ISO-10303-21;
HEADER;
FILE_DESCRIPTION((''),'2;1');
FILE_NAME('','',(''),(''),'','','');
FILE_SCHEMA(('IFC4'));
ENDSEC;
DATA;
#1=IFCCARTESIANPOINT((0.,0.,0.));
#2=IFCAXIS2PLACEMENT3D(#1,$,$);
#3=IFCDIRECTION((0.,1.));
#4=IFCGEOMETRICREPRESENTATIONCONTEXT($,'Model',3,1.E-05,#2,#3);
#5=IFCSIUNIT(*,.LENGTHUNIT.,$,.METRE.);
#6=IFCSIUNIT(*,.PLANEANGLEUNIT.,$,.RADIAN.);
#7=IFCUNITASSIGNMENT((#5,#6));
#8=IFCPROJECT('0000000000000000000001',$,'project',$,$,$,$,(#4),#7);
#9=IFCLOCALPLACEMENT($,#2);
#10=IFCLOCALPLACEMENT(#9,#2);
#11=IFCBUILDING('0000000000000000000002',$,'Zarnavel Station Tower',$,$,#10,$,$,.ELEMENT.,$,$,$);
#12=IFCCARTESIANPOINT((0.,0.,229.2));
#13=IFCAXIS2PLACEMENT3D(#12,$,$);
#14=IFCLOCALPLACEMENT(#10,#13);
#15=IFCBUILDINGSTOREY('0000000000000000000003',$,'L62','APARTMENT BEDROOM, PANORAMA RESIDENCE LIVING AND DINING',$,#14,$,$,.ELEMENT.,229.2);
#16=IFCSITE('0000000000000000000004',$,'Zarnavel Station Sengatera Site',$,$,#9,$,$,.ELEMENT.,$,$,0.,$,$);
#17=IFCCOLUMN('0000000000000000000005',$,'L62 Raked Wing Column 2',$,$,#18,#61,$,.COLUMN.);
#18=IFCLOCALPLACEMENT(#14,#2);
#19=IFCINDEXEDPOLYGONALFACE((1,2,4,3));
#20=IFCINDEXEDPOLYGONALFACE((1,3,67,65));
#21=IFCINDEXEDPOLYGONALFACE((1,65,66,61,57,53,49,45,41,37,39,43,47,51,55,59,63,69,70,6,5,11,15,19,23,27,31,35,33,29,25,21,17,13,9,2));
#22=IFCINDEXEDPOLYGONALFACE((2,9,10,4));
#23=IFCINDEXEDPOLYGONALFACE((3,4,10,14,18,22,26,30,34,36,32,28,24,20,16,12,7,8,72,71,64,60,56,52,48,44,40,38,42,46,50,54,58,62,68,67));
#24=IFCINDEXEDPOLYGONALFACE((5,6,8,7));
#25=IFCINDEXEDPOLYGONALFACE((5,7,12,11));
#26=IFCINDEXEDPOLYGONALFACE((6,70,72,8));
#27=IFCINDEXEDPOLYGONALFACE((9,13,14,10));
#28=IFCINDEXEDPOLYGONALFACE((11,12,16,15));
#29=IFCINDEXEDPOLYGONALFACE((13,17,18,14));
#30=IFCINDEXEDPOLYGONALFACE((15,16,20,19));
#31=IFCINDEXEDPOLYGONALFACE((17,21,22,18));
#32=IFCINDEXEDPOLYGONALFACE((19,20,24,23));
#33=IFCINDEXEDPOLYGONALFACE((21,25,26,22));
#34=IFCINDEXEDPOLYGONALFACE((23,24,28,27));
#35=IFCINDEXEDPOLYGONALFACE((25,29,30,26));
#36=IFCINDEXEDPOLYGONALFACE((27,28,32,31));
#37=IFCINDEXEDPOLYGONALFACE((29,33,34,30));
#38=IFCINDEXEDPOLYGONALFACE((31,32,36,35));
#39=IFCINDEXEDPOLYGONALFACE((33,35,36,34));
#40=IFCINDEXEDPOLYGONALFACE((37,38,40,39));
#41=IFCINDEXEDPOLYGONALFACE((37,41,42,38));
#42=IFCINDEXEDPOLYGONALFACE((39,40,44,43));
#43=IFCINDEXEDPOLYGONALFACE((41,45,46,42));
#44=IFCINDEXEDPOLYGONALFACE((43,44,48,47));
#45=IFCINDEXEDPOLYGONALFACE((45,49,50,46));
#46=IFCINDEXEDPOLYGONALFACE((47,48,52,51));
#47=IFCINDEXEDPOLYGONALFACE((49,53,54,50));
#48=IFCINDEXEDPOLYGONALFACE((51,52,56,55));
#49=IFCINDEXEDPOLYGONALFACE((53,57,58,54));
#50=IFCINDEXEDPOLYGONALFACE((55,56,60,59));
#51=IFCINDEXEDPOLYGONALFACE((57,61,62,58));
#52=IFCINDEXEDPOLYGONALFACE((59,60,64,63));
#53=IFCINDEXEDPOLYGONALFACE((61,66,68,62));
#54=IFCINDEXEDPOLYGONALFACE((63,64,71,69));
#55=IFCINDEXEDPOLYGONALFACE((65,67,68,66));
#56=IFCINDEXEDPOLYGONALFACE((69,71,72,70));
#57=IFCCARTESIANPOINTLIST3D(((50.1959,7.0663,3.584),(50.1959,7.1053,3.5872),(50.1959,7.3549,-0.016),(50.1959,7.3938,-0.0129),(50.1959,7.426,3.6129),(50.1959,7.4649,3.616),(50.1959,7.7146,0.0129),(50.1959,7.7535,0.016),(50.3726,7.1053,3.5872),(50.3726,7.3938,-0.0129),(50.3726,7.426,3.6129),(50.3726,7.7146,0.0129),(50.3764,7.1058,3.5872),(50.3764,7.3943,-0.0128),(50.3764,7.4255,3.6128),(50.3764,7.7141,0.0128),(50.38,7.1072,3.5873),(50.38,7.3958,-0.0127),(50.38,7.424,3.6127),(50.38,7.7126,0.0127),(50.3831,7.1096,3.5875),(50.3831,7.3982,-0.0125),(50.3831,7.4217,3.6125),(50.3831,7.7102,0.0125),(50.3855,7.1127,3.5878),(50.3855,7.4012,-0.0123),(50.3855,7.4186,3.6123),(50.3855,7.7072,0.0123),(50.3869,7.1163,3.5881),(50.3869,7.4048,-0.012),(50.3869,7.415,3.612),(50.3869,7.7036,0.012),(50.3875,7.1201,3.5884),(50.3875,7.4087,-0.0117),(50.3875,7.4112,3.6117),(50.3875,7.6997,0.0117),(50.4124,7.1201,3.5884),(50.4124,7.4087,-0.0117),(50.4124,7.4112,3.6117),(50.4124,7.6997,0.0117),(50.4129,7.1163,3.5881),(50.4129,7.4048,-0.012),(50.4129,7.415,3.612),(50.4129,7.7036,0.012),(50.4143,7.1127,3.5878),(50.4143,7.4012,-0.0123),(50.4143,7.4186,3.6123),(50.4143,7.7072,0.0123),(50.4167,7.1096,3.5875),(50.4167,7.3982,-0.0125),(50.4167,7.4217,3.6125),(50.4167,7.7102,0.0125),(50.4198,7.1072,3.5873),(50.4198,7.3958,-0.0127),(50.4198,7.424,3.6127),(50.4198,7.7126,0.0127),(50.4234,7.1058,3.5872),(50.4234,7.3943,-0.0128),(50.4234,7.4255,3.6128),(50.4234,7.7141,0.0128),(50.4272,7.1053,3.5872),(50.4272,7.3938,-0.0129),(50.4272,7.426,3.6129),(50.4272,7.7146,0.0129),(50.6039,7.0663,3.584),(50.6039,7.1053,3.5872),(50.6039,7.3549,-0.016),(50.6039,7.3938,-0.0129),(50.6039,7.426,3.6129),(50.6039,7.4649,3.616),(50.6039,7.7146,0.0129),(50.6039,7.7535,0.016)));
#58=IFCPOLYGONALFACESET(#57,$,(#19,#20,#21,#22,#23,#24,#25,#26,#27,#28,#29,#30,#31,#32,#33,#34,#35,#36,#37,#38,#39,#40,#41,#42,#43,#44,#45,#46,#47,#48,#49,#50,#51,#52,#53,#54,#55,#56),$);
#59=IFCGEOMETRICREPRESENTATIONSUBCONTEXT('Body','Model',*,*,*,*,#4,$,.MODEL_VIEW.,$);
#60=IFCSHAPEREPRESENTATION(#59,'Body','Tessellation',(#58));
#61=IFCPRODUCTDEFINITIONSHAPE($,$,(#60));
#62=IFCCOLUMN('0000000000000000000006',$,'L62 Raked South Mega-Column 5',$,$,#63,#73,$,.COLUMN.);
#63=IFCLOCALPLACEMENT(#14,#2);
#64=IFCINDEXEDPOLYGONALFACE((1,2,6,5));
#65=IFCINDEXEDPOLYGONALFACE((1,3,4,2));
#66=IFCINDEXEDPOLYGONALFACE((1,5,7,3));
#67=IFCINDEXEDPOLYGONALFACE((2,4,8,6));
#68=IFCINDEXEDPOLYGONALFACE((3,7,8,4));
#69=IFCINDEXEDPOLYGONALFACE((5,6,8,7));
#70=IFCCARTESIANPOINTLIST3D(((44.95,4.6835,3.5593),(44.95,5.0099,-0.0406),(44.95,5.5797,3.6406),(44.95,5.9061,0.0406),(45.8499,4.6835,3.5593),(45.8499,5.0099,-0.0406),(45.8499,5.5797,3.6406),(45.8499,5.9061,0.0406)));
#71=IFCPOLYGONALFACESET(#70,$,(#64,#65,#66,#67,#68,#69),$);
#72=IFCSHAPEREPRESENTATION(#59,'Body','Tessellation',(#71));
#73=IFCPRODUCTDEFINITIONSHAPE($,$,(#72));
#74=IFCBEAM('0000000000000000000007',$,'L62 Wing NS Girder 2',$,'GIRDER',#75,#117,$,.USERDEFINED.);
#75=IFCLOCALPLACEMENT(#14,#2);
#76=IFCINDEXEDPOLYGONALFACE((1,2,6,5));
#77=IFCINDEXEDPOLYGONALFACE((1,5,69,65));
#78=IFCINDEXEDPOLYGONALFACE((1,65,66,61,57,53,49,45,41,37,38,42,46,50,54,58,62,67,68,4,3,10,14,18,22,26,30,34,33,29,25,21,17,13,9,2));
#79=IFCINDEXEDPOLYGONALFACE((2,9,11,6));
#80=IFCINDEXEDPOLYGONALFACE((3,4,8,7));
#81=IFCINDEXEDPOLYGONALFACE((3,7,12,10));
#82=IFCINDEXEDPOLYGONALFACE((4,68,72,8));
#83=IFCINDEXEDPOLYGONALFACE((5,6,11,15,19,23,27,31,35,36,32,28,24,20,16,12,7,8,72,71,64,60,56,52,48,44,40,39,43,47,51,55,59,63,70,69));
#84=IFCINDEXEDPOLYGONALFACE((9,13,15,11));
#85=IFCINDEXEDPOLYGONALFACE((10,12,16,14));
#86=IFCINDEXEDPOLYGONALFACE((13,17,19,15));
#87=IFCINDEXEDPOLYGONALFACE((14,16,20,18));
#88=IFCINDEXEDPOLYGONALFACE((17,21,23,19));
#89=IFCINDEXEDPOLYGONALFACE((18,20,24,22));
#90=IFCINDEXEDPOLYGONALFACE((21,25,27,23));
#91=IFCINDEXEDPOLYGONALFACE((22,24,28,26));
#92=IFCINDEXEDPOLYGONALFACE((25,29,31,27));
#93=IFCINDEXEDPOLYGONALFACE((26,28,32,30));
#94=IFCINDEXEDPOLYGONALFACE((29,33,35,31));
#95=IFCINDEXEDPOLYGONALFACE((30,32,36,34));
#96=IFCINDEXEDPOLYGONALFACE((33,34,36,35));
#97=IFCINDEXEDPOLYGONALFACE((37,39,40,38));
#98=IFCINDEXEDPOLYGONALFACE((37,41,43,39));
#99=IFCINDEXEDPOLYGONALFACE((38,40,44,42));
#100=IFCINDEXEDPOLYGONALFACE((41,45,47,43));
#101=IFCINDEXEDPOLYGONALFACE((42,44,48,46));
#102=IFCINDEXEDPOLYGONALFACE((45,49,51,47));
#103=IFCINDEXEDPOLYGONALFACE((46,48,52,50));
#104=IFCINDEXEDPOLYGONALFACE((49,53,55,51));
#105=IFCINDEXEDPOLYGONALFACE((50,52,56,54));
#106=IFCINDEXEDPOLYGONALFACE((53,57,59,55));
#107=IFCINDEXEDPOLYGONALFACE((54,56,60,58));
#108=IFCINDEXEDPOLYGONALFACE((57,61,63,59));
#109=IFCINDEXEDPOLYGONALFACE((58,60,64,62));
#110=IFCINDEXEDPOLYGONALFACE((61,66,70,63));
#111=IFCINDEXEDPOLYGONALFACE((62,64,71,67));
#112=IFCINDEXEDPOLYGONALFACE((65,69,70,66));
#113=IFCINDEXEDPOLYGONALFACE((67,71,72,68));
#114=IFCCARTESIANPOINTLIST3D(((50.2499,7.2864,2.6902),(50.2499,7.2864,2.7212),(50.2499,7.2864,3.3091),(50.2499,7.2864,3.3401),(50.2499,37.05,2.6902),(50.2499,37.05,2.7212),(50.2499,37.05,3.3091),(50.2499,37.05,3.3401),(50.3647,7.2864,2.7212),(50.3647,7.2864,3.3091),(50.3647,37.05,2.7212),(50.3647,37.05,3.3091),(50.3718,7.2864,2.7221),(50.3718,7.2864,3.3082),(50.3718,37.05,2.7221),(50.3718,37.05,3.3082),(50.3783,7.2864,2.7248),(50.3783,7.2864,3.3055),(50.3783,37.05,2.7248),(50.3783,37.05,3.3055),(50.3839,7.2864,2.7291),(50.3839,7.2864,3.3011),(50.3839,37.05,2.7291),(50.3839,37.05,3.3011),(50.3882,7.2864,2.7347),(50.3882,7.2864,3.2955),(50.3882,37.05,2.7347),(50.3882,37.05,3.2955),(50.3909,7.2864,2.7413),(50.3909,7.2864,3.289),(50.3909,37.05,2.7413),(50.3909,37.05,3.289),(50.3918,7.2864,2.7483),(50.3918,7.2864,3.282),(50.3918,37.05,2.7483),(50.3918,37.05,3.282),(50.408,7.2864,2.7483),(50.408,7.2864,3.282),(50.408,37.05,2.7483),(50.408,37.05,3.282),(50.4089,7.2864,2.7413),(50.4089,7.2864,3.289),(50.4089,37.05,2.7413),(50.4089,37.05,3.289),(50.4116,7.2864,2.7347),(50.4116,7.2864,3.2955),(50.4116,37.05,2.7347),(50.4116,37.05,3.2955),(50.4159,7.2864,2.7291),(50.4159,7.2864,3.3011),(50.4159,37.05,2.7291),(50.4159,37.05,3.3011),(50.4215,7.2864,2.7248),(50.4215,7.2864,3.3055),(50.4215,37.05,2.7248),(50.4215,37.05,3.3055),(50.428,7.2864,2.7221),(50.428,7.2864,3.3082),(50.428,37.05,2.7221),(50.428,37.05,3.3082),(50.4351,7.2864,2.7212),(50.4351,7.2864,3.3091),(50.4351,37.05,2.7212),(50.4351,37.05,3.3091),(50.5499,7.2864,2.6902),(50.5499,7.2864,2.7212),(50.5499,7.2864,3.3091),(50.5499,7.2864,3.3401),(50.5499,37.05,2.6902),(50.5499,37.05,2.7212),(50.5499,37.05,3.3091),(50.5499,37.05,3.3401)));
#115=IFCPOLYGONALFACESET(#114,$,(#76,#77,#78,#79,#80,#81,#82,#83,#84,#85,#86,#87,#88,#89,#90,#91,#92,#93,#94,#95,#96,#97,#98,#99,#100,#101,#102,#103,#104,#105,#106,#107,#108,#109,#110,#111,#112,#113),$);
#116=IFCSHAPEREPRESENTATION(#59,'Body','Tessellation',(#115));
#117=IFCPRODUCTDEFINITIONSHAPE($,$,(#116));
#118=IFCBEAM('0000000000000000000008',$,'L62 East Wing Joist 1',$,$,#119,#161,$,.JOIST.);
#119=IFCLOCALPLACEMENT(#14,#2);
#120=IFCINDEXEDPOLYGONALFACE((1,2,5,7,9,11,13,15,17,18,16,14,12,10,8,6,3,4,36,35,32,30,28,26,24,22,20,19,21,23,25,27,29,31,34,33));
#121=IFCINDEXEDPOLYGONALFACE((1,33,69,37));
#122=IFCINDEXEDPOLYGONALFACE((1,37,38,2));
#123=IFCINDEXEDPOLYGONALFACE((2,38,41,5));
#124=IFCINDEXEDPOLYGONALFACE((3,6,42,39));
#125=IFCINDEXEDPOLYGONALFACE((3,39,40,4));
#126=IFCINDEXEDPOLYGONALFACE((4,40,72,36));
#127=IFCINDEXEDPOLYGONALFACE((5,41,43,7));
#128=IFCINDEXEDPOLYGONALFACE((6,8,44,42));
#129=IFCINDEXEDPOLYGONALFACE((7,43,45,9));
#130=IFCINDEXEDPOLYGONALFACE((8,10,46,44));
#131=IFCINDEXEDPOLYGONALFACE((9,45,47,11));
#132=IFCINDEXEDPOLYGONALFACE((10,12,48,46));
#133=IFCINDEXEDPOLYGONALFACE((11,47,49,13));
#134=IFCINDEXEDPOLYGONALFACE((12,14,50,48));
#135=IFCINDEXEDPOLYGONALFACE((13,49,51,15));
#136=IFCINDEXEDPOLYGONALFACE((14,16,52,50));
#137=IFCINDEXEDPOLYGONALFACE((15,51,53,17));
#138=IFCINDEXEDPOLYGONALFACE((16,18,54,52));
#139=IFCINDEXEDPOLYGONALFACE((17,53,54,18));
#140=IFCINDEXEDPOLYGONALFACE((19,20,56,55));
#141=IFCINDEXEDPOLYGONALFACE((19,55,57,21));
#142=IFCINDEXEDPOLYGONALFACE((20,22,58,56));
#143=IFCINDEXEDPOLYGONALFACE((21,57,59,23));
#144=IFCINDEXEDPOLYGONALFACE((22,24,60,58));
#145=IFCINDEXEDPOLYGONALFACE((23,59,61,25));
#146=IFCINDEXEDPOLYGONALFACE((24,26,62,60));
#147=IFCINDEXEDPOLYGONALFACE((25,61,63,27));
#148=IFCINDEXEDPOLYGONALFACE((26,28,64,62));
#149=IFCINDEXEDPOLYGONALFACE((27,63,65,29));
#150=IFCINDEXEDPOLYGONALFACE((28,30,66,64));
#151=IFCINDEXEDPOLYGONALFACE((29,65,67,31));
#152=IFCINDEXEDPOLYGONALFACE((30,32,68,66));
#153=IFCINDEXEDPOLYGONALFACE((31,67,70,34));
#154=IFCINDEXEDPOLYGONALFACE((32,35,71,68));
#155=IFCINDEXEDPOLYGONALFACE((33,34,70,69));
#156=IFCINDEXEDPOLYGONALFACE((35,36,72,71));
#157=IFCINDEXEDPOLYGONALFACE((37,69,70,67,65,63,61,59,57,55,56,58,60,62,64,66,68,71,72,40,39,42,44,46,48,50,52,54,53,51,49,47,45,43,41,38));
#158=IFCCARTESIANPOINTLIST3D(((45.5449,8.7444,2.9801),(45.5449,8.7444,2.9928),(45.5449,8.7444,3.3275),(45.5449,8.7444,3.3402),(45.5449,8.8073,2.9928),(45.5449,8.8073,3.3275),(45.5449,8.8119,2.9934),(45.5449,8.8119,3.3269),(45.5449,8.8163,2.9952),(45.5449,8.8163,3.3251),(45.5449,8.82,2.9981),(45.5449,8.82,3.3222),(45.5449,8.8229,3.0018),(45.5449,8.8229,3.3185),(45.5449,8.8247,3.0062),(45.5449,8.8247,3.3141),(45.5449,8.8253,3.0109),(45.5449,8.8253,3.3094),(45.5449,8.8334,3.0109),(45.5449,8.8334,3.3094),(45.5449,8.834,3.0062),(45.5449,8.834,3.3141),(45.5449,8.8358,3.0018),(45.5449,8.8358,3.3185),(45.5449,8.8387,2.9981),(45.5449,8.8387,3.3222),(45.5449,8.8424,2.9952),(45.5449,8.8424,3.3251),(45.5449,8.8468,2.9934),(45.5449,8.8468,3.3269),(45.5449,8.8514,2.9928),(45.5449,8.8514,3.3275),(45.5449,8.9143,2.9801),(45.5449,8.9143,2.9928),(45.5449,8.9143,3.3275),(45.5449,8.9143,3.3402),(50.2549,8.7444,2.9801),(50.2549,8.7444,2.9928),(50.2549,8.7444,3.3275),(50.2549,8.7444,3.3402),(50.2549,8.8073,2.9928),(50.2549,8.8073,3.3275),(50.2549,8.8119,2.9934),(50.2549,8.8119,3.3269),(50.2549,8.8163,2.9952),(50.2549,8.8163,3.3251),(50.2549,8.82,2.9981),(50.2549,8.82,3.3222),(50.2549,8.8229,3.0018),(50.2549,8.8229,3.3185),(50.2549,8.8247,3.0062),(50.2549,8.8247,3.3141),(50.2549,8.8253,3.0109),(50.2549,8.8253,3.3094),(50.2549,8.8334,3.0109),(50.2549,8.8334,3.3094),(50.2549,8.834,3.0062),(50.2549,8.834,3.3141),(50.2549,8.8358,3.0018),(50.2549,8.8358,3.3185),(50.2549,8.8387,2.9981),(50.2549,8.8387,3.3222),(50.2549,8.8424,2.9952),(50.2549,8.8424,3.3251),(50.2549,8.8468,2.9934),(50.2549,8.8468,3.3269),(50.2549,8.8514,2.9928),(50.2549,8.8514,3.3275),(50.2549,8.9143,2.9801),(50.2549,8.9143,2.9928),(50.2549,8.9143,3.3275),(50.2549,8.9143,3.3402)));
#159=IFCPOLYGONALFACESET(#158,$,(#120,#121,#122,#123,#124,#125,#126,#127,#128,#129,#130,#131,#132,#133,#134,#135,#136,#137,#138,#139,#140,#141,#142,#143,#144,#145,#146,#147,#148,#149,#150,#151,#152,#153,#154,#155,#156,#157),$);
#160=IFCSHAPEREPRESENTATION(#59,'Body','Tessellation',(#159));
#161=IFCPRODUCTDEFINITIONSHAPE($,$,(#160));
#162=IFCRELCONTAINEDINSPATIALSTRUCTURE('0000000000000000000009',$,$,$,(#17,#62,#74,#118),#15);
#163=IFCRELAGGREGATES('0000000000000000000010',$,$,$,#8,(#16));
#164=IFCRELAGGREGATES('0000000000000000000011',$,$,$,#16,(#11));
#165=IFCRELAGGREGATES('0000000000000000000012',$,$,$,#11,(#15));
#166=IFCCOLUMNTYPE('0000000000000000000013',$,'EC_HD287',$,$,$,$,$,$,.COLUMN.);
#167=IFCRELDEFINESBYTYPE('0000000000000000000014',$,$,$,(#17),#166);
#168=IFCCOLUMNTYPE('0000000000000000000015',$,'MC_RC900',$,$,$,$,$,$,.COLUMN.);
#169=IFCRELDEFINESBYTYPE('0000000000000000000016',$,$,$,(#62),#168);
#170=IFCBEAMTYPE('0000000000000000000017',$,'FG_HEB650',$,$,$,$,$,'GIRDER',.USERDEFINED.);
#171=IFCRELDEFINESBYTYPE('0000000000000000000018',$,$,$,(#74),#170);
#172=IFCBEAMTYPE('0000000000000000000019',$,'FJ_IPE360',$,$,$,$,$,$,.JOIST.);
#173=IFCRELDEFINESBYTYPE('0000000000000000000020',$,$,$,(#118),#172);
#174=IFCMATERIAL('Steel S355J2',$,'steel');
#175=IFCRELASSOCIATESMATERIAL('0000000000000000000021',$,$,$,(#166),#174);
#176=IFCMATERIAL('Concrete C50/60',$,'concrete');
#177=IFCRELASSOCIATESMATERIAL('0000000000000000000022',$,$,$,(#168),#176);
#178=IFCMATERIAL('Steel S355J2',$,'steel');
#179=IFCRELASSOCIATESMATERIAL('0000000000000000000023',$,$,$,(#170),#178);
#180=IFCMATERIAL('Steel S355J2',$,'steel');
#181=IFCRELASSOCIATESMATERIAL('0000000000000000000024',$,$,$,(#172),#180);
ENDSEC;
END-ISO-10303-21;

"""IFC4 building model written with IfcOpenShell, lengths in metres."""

from ifc_helpers import new_model, si_unit, direction, frame, origin, origin_2d, place, context, subcontext, project, spatial, rectangle, i_section, extrude, material, material_profile, profile_set, type_object, element, save


model = new_model("IFC4")

# Units and contexts
model_context = context("Model", 3, precision=1e-05, world=origin(), true_north=direction((0.0, 1.0)))
body_context = subcontext(model_context, "Body", "Model", "MODEL_VIEW")
ifc_project = project(units=[si_unit("LENGTHUNIT", "METRE"), si_unit("PLANEANGLEUNIT", "RADIAN")], contexts=[model_context])

# Site, building, storey
site_placement = place(None, origin())
site = spatial("IfcSite", under=ifc_project, at=site_placement, Name="Zarnavel Station Sengatera Site", CompositionType="ELEMENT", RefElevation=0.0)
building_placement = place(site_placement, origin())
building = spatial("IfcBuilding", under=site, at=building_placement, Name="Zarnavel Station Tower", CompositionType="ELEMENT")
storey_placement = place(building_placement, frame((0.0, 0.0, 229.2)))
storey = spatial("IfcBuildingStorey", under=building, at=storey_placement, Name="L62", Description="APARTMENT BEDROOM, PANORAMA RESIDENCE LIVING AND DINING", CompositionType="ELEMENT", Elevation=229.2)

# Columns
ifc_material_1 = material(Name="Steel S355J2", Category="steel")
ifc_material_profile_1 = material_profile(ifc_material_1, i_section(OverallWidth=0.408, OverallDepth=0.3999, WebThickness=0.0249, FlangeThickness=0.0391, FilletRadius=0.0149, at=origin_2d()), Name="HD400x287")
ifc_profile_set_1 = profile_set([ifc_material_profile_1], Name="Steel S355J2")
column_type_1 = type_object("IfcColumnType", Name="EC_HD287", PredefinedType="COLUMN", material=ifc_profile_set_1)
column_1_placement = place(storey_placement, frame((50.3999, 7.5542, 0.0), z_axis=(0.0, -0.079901, 0.996803), x_axis=(1.0, 0.0, 0.0)))
element("IfcColumn", 1, at=column_1_placement, inside=storey, type_object=column_type_1, Name="L62 Raked Wing Column 2", PredefinedType="COLUMN", context=body_context, shape_type="SweptSolid", body=[
    extrude(i_section(OverallWidth=0.408, OverallDepth=0.3999, WebThickness=0.0249, FlangeThickness=0.0391, FilletRadius=0.0149, at=origin_2d()), origin(), (0.0, 0.0, 1.0), 3.6116),
])
ifc_material_2 = material(Name="Concrete C50/60", Category="concrete")
ifc_material_profile_2 = material_profile(ifc_material_2, rectangle(XDim=0.8999, YDim=0.8999, at=origin_2d()), Name="RC900x900")
ifc_profile_set_2 = profile_set([ifc_material_profile_2], Name="Concrete C50/60")
column_type_2 = type_object("IfcColumnType", Name="MC_RC900", PredefinedType="COLUMN", material=ifc_profile_set_2)
column_2_placement = place(storey_placement, frame((45.3999, 5.458, 0.0), z_axis=(0.0, -0.090298, 0.995915), x_axis=(1.0, 0.0, 0.0)))
element("IfcColumn", 2, at=column_2_placement, inside=storey, type_object=column_type_2, Name="L62 Raked South Mega-Column 5", PredefinedType="COLUMN", context=body_context, shape_type="SweptSolid", body=[
    extrude(rectangle(XDim=0.8999, YDim=0.8999, at=origin_2d()), origin(), (0.0, 0.0, 1.0), 3.6147),
])

# Beams
ifc_material_3 = material(Name="Steel S355J2", Category="steel")
ifc_material_profile_3 = material_profile(ifc_material_3, i_section(OverallWidth=0.3, OverallDepth=0.6499, WebThickness=0.0161, FlangeThickness=0.031, FilletRadius=0.0271, at=origin_2d()), Name="HEB650")
ifc_profile_set_3 = profile_set([ifc_material_profile_3], Name="Steel S355J2")
beam_type_1 = type_object("IfcBeamType", Name="FG_HEB650", ElementType="GIRDER", PredefinedType="USERDEFINED", material=ifc_profile_set_3)
beam_placement = place(storey_placement, frame((50.3999, 7.2864, 3.0151), z_axis=(0.0, 1.0, 0.0), x_axis=(-1.0, 0.0, 0.0)))
element("IfcBeam", 3, at=beam_placement, inside=storey, type_object=beam_type_1, Name="L62 Wing NS Girder 2", ObjectType="GIRDER", PredefinedType="USERDEFINED", context=body_context, shape_type="SweptSolid", body=[
    extrude(i_section(OverallWidth=0.3, OverallDepth=0.6499, WebThickness=0.0161, FlangeThickness=0.031, FilletRadius=0.0271, at=origin_2d()), origin(), (0.0, 0.0, 1.0), 29.7637),
])
ifc_material_4 = material(Name="Steel S355J2", Category="steel")
ifc_material_profile_4 = material_profile(ifc_material_4, i_section(OverallWidth=0.1699, OverallDepth=0.3601, WebThickness=0.0081, FlangeThickness=0.0127, FilletRadius=0.0181, at=origin_2d()), Name="IPE360")
ifc_profile_set_4 = profile_set([ifc_material_profile_4], Name="Steel S355J2")
beam_type_2 = type_object("IfcBeamType", Name="FJ_IPE360", PredefinedType="JOIST", material=ifc_profile_set_4)
for number, where, z_axis, x_axis, name in (
    (4, (45.5449, 8.8293, 3.1602), (1.0, 0.0, 0.0), (0.0, 1.0, 0.0), "L62 East Wing Joist 1"),
):
    element("IfcBeam", number, at=place(storey_placement, frame(where, z_axis=z_axis, x_axis=x_axis)), inside=storey, type_object=beam_type_2, Name=name, PredefinedType="JOIST", context=body_context, shape_type="SweptSolid", body=[
        extrude(i_section(OverallWidth=0.1699, OverallDepth=0.3601, WebThickness=0.0081, FlangeThickness=0.0127, FilletRadius=0.0181, at=origin_2d()), origin(), (0.0, 0.0, 1.0), 4.71),
    ])

save(model, "model.ifc")
